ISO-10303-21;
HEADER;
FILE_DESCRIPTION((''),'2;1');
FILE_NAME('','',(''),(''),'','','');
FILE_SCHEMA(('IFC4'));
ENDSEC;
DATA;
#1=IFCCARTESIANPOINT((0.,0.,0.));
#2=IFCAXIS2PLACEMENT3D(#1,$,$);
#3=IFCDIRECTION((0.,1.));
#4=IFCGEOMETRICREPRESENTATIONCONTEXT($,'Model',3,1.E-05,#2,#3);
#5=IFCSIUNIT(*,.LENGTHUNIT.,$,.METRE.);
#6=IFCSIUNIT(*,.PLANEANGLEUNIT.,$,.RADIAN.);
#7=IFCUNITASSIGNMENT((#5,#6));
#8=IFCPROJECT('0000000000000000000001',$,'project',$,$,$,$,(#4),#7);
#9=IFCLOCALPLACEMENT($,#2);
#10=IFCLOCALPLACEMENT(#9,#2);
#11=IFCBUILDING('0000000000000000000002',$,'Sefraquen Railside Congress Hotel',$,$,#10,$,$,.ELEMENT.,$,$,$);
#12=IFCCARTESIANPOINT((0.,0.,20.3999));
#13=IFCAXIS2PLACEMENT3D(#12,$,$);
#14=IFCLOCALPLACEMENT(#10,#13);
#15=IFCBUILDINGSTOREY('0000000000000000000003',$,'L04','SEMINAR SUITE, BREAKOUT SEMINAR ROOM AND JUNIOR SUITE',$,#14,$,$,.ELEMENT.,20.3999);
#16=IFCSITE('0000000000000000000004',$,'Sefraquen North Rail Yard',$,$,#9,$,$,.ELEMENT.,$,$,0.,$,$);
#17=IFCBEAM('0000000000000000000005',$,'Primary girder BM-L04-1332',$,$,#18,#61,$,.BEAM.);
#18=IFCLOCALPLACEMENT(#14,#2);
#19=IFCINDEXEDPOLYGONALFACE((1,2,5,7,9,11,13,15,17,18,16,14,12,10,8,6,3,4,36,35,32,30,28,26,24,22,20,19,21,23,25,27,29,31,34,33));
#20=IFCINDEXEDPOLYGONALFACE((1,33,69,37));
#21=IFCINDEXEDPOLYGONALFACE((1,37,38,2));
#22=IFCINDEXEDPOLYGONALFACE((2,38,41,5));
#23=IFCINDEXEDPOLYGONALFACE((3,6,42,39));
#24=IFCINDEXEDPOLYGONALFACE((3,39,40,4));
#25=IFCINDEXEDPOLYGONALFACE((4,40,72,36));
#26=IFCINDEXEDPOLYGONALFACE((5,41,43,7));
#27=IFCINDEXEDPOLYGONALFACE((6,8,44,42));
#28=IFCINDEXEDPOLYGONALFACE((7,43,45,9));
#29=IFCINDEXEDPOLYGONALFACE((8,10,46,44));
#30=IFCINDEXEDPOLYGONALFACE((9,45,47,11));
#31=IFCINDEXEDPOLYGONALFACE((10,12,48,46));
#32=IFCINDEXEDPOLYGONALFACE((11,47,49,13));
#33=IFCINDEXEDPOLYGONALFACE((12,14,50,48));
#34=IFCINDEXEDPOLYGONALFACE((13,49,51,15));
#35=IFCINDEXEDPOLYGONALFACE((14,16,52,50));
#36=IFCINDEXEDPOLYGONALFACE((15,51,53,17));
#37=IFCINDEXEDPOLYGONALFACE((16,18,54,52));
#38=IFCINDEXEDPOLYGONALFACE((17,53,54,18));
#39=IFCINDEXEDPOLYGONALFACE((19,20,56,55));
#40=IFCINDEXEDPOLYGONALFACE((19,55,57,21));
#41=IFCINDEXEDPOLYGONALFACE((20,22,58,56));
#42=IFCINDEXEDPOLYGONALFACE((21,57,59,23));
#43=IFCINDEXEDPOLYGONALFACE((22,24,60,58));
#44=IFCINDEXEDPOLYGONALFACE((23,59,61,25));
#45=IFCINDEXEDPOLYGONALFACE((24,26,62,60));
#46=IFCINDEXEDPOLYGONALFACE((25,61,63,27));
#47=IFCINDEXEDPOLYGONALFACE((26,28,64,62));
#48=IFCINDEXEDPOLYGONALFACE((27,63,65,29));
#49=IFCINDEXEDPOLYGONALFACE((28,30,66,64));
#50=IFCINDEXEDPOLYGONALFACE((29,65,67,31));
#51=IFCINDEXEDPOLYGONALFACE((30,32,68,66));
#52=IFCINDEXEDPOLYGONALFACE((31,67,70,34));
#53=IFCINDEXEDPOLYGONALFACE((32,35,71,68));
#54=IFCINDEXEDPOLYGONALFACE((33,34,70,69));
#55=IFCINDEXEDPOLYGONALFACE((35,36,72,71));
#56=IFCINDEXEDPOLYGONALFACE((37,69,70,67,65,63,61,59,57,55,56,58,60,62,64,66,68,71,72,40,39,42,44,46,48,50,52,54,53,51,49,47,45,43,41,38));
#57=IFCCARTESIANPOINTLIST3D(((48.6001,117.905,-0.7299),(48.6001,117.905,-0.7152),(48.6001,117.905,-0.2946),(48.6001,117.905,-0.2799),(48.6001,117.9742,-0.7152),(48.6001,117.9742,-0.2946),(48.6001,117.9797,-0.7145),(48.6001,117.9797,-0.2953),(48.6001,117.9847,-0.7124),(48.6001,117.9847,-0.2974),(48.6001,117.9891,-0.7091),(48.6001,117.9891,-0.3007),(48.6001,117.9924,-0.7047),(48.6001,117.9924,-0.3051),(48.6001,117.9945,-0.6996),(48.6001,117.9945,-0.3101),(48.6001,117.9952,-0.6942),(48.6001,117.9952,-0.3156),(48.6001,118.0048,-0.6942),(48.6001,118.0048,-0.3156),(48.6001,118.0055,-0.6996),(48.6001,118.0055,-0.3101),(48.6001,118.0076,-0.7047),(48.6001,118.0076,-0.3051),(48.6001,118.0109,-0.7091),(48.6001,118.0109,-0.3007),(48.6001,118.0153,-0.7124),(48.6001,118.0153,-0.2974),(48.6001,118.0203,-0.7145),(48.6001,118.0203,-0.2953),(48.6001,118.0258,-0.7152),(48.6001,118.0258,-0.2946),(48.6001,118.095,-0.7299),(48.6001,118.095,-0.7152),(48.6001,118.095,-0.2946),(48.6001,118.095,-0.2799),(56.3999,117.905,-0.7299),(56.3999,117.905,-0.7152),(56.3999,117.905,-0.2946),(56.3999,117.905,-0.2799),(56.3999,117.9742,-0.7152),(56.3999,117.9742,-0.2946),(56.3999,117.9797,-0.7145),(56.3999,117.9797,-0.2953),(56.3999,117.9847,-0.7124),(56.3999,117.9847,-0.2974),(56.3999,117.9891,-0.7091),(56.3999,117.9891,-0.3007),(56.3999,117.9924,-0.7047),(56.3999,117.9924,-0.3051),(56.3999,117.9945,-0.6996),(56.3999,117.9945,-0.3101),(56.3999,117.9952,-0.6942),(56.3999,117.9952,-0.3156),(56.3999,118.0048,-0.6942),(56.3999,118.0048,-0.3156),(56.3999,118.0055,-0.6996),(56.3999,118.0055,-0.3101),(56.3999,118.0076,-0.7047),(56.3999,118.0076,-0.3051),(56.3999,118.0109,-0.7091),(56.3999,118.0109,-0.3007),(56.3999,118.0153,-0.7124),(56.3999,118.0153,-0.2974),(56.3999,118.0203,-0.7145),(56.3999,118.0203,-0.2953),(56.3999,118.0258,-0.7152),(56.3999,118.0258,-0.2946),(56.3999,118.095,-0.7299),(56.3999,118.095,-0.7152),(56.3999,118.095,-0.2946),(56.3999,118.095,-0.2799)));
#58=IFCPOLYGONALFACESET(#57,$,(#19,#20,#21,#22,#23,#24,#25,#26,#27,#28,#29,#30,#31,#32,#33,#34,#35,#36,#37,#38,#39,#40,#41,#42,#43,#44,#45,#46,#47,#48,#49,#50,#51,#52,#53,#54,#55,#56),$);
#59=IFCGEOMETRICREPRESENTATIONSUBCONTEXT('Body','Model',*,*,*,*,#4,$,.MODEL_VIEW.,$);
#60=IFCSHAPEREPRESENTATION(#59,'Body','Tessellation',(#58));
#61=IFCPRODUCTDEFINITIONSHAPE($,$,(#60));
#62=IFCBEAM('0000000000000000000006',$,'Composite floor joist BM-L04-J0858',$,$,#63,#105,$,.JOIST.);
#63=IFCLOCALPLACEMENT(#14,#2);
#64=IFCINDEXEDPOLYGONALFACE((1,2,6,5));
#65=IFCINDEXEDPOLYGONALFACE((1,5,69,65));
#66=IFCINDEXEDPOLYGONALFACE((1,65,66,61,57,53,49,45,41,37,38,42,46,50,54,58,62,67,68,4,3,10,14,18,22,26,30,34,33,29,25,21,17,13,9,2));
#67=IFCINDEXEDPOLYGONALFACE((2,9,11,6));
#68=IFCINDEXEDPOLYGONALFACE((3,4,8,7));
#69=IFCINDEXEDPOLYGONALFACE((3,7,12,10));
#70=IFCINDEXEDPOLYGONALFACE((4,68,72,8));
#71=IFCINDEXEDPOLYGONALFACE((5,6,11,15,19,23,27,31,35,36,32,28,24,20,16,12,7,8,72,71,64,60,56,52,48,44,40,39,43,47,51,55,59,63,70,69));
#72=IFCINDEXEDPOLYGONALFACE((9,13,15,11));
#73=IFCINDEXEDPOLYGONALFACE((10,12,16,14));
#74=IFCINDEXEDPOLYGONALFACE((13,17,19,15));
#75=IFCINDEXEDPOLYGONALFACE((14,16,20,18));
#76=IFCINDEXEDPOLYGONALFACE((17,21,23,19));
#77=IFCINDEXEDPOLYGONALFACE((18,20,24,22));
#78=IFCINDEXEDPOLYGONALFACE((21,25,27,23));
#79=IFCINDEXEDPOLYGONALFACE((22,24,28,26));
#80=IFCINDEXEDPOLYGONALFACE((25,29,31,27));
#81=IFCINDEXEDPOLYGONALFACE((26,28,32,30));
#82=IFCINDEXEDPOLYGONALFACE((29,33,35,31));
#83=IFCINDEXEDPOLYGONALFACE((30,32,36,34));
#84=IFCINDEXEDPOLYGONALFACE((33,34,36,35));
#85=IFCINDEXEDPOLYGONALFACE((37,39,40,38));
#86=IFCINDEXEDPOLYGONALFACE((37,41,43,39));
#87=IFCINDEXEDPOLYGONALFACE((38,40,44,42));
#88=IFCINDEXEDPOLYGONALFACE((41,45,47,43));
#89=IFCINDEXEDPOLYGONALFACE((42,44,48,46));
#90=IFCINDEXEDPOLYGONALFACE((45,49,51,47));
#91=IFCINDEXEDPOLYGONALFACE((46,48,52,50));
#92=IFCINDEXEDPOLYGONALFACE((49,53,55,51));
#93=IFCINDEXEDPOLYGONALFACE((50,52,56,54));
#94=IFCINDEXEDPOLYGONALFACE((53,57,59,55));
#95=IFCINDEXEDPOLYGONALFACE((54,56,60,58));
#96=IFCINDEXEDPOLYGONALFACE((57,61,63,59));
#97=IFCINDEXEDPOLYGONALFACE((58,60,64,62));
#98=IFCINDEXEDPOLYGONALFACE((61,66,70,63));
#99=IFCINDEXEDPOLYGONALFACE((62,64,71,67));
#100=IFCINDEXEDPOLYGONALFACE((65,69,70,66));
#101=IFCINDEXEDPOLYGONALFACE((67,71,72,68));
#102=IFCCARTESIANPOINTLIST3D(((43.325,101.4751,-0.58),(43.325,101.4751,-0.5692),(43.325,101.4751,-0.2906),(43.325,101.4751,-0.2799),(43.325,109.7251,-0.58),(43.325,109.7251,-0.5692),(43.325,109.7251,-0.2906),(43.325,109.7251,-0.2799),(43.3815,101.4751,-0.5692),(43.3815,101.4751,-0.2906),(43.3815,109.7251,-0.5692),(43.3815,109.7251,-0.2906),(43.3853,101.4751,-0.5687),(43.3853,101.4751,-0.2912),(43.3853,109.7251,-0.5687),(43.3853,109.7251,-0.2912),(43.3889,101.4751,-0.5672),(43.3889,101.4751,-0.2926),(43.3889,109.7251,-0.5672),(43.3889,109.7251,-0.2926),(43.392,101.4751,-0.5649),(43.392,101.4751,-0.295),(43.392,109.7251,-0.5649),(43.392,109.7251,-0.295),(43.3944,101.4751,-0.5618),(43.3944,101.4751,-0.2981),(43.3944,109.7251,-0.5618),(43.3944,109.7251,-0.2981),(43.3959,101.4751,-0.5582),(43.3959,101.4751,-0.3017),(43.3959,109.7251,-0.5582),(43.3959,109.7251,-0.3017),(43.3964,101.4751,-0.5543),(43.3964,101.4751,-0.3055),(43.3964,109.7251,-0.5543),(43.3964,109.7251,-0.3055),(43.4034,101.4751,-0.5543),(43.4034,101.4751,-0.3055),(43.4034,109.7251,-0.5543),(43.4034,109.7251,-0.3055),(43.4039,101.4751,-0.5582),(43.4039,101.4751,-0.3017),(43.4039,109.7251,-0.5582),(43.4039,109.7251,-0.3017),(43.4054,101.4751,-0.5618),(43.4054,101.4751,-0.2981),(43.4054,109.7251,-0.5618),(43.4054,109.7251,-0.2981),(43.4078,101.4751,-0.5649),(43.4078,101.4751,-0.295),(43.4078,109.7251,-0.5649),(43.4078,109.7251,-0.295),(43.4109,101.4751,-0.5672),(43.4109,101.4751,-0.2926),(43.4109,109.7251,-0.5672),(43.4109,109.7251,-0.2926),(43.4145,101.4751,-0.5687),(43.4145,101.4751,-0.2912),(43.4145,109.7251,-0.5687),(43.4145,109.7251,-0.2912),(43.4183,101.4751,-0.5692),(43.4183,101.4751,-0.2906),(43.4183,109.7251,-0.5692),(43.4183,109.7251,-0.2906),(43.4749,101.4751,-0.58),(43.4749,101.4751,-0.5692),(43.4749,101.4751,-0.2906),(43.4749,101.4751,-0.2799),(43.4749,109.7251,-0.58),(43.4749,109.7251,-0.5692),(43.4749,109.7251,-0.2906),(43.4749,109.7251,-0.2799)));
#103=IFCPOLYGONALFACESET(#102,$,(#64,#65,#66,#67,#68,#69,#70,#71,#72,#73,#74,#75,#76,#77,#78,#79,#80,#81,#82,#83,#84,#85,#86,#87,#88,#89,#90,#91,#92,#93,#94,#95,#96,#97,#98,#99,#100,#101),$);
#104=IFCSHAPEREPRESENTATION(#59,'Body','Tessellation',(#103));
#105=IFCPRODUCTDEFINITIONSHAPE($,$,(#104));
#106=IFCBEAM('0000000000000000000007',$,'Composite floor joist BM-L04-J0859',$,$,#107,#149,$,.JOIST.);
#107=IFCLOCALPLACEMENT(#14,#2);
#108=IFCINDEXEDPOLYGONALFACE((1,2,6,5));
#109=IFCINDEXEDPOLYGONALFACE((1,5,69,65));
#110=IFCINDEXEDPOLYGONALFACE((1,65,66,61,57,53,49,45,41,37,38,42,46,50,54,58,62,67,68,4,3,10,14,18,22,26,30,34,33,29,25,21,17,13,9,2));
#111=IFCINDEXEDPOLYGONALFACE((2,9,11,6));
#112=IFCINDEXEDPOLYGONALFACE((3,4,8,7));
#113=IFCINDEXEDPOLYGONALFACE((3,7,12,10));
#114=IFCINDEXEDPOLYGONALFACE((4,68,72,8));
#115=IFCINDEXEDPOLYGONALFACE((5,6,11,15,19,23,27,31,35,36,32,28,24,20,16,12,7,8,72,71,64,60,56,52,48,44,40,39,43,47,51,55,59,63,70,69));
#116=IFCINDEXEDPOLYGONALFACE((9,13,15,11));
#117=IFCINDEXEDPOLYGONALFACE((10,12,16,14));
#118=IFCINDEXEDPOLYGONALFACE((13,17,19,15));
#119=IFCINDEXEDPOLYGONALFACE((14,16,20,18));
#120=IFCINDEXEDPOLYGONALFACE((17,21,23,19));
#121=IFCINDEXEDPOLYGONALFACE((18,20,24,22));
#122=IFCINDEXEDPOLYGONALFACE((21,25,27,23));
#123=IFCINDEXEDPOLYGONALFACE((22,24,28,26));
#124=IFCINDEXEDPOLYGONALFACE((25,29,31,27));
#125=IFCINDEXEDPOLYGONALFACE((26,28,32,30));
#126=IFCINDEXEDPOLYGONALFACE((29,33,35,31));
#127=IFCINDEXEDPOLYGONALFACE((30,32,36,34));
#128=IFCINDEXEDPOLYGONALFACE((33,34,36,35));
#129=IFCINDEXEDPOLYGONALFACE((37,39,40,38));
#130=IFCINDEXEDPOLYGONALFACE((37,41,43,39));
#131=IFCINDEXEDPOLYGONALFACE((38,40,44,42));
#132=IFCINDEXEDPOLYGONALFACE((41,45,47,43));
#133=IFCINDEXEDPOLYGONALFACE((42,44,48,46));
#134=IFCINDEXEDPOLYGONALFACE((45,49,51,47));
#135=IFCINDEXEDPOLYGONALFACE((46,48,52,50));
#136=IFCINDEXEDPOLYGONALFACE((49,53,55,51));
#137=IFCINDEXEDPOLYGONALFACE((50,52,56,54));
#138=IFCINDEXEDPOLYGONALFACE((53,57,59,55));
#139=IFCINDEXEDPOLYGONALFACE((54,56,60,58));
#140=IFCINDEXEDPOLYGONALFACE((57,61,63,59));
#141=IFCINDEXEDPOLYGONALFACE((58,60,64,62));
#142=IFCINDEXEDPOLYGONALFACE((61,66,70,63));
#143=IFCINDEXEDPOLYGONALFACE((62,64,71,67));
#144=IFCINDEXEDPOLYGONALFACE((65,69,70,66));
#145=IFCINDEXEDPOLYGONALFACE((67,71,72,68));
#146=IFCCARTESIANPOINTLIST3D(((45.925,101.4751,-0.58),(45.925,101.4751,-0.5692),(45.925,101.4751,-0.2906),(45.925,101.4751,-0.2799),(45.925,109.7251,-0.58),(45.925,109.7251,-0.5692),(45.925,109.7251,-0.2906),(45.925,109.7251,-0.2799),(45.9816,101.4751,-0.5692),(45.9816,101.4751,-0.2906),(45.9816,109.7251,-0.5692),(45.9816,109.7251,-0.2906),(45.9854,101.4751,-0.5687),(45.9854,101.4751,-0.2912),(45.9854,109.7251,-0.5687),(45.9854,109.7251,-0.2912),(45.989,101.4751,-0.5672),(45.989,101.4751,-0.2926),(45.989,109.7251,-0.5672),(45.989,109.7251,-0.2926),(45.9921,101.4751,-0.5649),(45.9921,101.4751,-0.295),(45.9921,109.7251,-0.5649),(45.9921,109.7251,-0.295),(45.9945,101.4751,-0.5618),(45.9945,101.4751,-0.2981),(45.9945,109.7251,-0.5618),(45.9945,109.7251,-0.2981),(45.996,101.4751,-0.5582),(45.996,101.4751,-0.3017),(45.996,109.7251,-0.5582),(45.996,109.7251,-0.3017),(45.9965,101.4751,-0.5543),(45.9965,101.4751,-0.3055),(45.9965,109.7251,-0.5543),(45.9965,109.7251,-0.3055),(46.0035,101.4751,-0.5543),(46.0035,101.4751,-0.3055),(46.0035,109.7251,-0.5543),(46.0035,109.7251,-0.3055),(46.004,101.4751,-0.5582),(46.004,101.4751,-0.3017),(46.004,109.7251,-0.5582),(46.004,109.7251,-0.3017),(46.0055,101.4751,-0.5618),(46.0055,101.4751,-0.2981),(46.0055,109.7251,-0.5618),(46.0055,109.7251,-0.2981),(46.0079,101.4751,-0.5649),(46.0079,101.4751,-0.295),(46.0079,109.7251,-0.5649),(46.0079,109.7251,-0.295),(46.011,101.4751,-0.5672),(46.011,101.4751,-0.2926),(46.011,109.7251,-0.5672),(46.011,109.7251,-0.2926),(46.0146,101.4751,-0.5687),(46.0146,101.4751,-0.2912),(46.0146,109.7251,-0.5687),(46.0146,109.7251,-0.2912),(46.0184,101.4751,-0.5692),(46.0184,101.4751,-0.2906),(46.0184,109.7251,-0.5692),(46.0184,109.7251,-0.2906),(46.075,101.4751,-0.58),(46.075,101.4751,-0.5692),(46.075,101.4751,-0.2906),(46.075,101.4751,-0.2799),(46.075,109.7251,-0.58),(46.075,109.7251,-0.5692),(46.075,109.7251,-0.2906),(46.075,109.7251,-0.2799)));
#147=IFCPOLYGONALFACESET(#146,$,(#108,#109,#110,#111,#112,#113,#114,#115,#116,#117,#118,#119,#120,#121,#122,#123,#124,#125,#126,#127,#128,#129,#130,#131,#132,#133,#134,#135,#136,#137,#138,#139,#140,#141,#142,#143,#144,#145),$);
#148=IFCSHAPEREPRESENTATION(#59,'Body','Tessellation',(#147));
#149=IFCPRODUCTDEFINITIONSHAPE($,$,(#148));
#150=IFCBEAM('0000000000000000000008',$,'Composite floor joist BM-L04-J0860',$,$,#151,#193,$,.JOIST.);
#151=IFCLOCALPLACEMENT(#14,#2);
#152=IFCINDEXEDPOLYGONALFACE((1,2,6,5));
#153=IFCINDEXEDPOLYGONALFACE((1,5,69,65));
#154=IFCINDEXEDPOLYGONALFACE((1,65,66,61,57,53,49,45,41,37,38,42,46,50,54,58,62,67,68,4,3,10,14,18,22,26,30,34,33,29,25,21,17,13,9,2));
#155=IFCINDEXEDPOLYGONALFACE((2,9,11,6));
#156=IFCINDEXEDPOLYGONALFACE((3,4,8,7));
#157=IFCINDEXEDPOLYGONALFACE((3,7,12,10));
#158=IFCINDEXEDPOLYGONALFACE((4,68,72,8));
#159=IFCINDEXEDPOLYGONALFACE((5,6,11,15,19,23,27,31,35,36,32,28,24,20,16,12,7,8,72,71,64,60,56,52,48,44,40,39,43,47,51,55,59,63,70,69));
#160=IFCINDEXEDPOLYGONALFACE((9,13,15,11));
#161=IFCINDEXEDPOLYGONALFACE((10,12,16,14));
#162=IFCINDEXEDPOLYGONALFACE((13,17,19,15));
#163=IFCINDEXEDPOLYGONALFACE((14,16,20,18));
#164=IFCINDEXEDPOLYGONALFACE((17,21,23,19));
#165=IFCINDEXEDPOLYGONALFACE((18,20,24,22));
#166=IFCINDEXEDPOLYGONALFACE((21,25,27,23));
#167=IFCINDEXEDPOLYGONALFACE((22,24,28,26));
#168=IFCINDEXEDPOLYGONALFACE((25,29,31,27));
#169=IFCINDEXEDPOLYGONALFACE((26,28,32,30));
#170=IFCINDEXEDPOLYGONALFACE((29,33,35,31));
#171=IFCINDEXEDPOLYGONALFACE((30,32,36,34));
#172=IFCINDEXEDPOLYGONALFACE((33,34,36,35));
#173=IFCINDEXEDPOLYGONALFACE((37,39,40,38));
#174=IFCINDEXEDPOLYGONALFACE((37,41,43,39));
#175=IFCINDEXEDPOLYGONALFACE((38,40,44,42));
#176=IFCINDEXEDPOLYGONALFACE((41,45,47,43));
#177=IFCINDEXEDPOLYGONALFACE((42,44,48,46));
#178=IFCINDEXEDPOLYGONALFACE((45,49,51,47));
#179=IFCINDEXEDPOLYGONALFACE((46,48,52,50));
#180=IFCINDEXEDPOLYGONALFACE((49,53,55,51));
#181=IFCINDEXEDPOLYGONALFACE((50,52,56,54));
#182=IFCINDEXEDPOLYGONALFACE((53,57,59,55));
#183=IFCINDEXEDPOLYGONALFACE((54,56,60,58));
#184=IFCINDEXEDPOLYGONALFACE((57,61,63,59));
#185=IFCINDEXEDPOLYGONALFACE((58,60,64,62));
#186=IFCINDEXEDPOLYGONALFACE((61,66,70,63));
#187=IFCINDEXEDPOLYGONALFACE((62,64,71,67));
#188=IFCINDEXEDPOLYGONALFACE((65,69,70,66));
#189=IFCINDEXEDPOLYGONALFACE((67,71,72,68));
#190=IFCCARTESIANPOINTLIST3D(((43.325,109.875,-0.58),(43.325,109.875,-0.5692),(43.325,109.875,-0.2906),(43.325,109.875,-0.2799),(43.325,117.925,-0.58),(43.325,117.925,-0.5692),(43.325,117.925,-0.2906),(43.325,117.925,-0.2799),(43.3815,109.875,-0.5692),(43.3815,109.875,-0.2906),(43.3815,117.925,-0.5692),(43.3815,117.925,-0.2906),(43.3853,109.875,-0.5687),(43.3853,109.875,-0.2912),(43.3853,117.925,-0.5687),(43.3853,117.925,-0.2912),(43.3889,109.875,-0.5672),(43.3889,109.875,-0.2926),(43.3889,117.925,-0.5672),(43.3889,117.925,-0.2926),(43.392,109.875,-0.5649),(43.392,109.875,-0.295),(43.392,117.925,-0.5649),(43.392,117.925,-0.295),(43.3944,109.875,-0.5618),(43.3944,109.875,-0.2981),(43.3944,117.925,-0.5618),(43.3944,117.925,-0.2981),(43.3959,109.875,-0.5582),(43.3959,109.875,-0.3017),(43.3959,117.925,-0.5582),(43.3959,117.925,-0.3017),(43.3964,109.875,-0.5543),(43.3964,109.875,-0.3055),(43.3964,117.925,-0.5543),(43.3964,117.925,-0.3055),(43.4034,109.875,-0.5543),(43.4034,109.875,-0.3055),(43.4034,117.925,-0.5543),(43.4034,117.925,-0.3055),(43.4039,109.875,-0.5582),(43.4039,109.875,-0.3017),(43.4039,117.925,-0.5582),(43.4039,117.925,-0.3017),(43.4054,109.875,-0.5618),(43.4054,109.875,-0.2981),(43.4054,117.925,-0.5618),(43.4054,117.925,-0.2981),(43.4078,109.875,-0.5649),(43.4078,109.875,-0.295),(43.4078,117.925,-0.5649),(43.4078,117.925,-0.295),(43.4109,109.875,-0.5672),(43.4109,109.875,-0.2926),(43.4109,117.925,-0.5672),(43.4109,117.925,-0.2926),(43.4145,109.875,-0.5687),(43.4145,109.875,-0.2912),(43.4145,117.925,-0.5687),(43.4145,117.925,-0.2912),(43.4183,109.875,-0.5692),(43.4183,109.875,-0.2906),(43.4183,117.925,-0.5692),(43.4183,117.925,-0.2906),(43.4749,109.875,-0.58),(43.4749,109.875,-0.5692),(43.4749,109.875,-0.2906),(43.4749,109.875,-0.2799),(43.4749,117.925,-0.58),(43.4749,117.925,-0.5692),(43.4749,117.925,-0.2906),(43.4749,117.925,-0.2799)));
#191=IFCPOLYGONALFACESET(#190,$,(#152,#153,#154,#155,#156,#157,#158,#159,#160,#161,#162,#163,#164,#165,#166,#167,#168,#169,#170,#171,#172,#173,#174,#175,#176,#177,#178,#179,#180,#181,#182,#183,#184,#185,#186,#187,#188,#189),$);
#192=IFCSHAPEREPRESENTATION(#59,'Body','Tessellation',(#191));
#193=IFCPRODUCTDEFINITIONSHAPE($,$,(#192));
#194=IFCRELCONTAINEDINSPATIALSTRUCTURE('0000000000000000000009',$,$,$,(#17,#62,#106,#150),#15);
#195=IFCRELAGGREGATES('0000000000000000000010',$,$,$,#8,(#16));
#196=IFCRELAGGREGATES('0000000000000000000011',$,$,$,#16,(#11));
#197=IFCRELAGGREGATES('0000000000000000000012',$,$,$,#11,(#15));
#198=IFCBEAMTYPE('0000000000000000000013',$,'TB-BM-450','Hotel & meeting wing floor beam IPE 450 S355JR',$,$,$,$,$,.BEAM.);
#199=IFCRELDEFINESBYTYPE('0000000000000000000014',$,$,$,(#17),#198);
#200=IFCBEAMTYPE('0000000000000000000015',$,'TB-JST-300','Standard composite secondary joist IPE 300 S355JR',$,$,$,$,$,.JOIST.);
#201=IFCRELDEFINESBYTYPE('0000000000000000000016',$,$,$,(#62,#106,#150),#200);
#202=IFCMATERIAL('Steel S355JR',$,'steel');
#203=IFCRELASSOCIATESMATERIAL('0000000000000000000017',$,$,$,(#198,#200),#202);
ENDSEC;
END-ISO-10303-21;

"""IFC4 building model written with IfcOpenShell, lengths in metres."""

from ifc_helpers import new_model, si_unit, direction, frame, origin, origin_2d, place, context, subcontext, project, spatial, i_section, extrude, material, material_profile, profile_set, type_object, element, save


model = new_model("IFC4")

# Units and contexts
model_context = context("Model", 3, precision=1e-05, world=origin(), true_north=direction((0.0, 1.0)))
body_context = subcontext(model_context, "Body", "Model", "MODEL_VIEW")
ifc_project = project(units=[si_unit("LENGTHUNIT", "METRE"), si_unit("PLANEANGLEUNIT", "RADIAN")], contexts=[model_context])

# Site, building, storey
site_placement = place(None, origin())
site = spatial("IfcSite", under=ifc_project, at=site_placement, Name="Sefraquen North Rail Yard", CompositionType="ELEMENT", RefElevation=0.0)
building_placement = place(site_placement, origin())
building = spatial("IfcBuilding", under=site, at=building_placement, Name="Sefraquen Railside Congress Hotel", CompositionType="ELEMENT")
storey_placement = place(building_placement, frame((0.0, 0.0, 20.3999)))
storey = spatial("IfcBuildingStorey", under=building, at=storey_placement, Name="L04", Description="SEMINAR SUITE, BREAKOUT SEMINAR ROOM AND JUNIOR SUITE", CompositionType="ELEMENT", Elevation=20.3999)

# Shared definitions
ifc_material_1 = material(Name="Steel S355JR", Category="steel")

# Beams
ifc_material_profile_1 = material_profile(ifc_material_1, i_section(OverallWidth=0.1899, OverallDepth=0.45, WebThickness=0.0095, FlangeThickness=0.0146, FilletRadius=0.021, at=origin_2d()), Name="IPE 450")
ifc_profile_set_1 = profile_set([ifc_material_profile_1], Name="Steel S355JR")
beam_type_1 = type_object("IfcBeamType", Name="TB-BM-450", Description="Hotel & meeting wing floor beam IPE 450 S355JR", PredefinedType="BEAM", material=ifc_profile_set_1)
beam_1_placement = place(storey_placement, frame((48.6001, 118.0, -0.5049), z_axis=(1.0, 0.0, 0.0), x_axis=(0.0, 1.0, 0.0)))
element("IfcBeam", 1, at=beam_1_placement, inside=storey, type_object=beam_type_1, Name="Primary girder BM-L04-1332", PredefinedType="BEAM", context=body_context, shape_type="SweptSolid", body=[
    extrude(i_section(OverallWidth=0.1899, OverallDepth=0.45, WebThickness=0.0095, FlangeThickness=0.0146, FilletRadius=0.021, at=origin_2d()), origin(), (0.0, 0.0, 1.0), 7.7998),
])
ifc_material_profile_2 = material_profile(ifc_material_1, i_section(OverallWidth=0.1499, OverallDepth=0.3, WebThickness=0.0071, FlangeThickness=0.0107, FilletRadius=0.0149, at=origin_2d()), Name="IPE 300")
ifc_profile_set_2 = profile_set([ifc_material_profile_2], Name="Steel S355JR")
beam_type_2 = type_object("IfcBeamType", Name="TB-JST-300", Description="Standard composite secondary joist IPE 300 S355JR", PredefinedType="JOIST", material=ifc_profile_set_2)
for number, where, z_axis, x_axis, name in (
    (2, (43.3999, 101.4751, -0.4299), (0.0, 1.0, 0.0), (-1.0, 0.0, 0.0), "Composite floor joist BM-L04-J0858"),
    (3, (46.0, 101.4751, -0.4299), (0.0, 1.0, 0.0), (-1.0, 0.0, 0.0), "Composite floor joist BM-L04-J0859"),
):
    element("IfcBeam", number, at=place(storey_placement, frame(where, z_axis=z_axis, x_axis=x_axis)), inside=storey, type_object=beam_type_2, Name=name, PredefinedType="JOIST", context=body_context, shape_type="SweptSolid", body=[
        extrude(i_section(OverallWidth=0.1499, OverallDepth=0.3, WebThickness=0.0071, FlangeThickness=0.0107, FilletRadius=0.0149, at=origin_2d()), origin(), (0.0, 0.0, 1.0), 8.25),
    ])
for number, where, z_axis, x_axis, name in (
    (4, (43.3999, 109.875, -0.4299), (0.0, 1.0, 0.0), (-1.0, 0.0, 0.0), "Composite floor joist BM-L04-J0860"),
):
    element("IfcBeam", number, at=place(storey_placement, frame(where, z_axis=z_axis, x_axis=x_axis)), inside=storey, type_object=beam_type_2, Name=name, PredefinedType="JOIST", context=body_context, shape_type="SweptSolid", body=[
        extrude(i_section(OverallWidth=0.1499, OverallDepth=0.3, WebThickness=0.0071, FlangeThickness=0.0107, FilletRadius=0.0149, at=origin_2d()), origin(), (0.0, 0.0, 1.0), 8.05),
    ])

save(model, "model.ifc")
